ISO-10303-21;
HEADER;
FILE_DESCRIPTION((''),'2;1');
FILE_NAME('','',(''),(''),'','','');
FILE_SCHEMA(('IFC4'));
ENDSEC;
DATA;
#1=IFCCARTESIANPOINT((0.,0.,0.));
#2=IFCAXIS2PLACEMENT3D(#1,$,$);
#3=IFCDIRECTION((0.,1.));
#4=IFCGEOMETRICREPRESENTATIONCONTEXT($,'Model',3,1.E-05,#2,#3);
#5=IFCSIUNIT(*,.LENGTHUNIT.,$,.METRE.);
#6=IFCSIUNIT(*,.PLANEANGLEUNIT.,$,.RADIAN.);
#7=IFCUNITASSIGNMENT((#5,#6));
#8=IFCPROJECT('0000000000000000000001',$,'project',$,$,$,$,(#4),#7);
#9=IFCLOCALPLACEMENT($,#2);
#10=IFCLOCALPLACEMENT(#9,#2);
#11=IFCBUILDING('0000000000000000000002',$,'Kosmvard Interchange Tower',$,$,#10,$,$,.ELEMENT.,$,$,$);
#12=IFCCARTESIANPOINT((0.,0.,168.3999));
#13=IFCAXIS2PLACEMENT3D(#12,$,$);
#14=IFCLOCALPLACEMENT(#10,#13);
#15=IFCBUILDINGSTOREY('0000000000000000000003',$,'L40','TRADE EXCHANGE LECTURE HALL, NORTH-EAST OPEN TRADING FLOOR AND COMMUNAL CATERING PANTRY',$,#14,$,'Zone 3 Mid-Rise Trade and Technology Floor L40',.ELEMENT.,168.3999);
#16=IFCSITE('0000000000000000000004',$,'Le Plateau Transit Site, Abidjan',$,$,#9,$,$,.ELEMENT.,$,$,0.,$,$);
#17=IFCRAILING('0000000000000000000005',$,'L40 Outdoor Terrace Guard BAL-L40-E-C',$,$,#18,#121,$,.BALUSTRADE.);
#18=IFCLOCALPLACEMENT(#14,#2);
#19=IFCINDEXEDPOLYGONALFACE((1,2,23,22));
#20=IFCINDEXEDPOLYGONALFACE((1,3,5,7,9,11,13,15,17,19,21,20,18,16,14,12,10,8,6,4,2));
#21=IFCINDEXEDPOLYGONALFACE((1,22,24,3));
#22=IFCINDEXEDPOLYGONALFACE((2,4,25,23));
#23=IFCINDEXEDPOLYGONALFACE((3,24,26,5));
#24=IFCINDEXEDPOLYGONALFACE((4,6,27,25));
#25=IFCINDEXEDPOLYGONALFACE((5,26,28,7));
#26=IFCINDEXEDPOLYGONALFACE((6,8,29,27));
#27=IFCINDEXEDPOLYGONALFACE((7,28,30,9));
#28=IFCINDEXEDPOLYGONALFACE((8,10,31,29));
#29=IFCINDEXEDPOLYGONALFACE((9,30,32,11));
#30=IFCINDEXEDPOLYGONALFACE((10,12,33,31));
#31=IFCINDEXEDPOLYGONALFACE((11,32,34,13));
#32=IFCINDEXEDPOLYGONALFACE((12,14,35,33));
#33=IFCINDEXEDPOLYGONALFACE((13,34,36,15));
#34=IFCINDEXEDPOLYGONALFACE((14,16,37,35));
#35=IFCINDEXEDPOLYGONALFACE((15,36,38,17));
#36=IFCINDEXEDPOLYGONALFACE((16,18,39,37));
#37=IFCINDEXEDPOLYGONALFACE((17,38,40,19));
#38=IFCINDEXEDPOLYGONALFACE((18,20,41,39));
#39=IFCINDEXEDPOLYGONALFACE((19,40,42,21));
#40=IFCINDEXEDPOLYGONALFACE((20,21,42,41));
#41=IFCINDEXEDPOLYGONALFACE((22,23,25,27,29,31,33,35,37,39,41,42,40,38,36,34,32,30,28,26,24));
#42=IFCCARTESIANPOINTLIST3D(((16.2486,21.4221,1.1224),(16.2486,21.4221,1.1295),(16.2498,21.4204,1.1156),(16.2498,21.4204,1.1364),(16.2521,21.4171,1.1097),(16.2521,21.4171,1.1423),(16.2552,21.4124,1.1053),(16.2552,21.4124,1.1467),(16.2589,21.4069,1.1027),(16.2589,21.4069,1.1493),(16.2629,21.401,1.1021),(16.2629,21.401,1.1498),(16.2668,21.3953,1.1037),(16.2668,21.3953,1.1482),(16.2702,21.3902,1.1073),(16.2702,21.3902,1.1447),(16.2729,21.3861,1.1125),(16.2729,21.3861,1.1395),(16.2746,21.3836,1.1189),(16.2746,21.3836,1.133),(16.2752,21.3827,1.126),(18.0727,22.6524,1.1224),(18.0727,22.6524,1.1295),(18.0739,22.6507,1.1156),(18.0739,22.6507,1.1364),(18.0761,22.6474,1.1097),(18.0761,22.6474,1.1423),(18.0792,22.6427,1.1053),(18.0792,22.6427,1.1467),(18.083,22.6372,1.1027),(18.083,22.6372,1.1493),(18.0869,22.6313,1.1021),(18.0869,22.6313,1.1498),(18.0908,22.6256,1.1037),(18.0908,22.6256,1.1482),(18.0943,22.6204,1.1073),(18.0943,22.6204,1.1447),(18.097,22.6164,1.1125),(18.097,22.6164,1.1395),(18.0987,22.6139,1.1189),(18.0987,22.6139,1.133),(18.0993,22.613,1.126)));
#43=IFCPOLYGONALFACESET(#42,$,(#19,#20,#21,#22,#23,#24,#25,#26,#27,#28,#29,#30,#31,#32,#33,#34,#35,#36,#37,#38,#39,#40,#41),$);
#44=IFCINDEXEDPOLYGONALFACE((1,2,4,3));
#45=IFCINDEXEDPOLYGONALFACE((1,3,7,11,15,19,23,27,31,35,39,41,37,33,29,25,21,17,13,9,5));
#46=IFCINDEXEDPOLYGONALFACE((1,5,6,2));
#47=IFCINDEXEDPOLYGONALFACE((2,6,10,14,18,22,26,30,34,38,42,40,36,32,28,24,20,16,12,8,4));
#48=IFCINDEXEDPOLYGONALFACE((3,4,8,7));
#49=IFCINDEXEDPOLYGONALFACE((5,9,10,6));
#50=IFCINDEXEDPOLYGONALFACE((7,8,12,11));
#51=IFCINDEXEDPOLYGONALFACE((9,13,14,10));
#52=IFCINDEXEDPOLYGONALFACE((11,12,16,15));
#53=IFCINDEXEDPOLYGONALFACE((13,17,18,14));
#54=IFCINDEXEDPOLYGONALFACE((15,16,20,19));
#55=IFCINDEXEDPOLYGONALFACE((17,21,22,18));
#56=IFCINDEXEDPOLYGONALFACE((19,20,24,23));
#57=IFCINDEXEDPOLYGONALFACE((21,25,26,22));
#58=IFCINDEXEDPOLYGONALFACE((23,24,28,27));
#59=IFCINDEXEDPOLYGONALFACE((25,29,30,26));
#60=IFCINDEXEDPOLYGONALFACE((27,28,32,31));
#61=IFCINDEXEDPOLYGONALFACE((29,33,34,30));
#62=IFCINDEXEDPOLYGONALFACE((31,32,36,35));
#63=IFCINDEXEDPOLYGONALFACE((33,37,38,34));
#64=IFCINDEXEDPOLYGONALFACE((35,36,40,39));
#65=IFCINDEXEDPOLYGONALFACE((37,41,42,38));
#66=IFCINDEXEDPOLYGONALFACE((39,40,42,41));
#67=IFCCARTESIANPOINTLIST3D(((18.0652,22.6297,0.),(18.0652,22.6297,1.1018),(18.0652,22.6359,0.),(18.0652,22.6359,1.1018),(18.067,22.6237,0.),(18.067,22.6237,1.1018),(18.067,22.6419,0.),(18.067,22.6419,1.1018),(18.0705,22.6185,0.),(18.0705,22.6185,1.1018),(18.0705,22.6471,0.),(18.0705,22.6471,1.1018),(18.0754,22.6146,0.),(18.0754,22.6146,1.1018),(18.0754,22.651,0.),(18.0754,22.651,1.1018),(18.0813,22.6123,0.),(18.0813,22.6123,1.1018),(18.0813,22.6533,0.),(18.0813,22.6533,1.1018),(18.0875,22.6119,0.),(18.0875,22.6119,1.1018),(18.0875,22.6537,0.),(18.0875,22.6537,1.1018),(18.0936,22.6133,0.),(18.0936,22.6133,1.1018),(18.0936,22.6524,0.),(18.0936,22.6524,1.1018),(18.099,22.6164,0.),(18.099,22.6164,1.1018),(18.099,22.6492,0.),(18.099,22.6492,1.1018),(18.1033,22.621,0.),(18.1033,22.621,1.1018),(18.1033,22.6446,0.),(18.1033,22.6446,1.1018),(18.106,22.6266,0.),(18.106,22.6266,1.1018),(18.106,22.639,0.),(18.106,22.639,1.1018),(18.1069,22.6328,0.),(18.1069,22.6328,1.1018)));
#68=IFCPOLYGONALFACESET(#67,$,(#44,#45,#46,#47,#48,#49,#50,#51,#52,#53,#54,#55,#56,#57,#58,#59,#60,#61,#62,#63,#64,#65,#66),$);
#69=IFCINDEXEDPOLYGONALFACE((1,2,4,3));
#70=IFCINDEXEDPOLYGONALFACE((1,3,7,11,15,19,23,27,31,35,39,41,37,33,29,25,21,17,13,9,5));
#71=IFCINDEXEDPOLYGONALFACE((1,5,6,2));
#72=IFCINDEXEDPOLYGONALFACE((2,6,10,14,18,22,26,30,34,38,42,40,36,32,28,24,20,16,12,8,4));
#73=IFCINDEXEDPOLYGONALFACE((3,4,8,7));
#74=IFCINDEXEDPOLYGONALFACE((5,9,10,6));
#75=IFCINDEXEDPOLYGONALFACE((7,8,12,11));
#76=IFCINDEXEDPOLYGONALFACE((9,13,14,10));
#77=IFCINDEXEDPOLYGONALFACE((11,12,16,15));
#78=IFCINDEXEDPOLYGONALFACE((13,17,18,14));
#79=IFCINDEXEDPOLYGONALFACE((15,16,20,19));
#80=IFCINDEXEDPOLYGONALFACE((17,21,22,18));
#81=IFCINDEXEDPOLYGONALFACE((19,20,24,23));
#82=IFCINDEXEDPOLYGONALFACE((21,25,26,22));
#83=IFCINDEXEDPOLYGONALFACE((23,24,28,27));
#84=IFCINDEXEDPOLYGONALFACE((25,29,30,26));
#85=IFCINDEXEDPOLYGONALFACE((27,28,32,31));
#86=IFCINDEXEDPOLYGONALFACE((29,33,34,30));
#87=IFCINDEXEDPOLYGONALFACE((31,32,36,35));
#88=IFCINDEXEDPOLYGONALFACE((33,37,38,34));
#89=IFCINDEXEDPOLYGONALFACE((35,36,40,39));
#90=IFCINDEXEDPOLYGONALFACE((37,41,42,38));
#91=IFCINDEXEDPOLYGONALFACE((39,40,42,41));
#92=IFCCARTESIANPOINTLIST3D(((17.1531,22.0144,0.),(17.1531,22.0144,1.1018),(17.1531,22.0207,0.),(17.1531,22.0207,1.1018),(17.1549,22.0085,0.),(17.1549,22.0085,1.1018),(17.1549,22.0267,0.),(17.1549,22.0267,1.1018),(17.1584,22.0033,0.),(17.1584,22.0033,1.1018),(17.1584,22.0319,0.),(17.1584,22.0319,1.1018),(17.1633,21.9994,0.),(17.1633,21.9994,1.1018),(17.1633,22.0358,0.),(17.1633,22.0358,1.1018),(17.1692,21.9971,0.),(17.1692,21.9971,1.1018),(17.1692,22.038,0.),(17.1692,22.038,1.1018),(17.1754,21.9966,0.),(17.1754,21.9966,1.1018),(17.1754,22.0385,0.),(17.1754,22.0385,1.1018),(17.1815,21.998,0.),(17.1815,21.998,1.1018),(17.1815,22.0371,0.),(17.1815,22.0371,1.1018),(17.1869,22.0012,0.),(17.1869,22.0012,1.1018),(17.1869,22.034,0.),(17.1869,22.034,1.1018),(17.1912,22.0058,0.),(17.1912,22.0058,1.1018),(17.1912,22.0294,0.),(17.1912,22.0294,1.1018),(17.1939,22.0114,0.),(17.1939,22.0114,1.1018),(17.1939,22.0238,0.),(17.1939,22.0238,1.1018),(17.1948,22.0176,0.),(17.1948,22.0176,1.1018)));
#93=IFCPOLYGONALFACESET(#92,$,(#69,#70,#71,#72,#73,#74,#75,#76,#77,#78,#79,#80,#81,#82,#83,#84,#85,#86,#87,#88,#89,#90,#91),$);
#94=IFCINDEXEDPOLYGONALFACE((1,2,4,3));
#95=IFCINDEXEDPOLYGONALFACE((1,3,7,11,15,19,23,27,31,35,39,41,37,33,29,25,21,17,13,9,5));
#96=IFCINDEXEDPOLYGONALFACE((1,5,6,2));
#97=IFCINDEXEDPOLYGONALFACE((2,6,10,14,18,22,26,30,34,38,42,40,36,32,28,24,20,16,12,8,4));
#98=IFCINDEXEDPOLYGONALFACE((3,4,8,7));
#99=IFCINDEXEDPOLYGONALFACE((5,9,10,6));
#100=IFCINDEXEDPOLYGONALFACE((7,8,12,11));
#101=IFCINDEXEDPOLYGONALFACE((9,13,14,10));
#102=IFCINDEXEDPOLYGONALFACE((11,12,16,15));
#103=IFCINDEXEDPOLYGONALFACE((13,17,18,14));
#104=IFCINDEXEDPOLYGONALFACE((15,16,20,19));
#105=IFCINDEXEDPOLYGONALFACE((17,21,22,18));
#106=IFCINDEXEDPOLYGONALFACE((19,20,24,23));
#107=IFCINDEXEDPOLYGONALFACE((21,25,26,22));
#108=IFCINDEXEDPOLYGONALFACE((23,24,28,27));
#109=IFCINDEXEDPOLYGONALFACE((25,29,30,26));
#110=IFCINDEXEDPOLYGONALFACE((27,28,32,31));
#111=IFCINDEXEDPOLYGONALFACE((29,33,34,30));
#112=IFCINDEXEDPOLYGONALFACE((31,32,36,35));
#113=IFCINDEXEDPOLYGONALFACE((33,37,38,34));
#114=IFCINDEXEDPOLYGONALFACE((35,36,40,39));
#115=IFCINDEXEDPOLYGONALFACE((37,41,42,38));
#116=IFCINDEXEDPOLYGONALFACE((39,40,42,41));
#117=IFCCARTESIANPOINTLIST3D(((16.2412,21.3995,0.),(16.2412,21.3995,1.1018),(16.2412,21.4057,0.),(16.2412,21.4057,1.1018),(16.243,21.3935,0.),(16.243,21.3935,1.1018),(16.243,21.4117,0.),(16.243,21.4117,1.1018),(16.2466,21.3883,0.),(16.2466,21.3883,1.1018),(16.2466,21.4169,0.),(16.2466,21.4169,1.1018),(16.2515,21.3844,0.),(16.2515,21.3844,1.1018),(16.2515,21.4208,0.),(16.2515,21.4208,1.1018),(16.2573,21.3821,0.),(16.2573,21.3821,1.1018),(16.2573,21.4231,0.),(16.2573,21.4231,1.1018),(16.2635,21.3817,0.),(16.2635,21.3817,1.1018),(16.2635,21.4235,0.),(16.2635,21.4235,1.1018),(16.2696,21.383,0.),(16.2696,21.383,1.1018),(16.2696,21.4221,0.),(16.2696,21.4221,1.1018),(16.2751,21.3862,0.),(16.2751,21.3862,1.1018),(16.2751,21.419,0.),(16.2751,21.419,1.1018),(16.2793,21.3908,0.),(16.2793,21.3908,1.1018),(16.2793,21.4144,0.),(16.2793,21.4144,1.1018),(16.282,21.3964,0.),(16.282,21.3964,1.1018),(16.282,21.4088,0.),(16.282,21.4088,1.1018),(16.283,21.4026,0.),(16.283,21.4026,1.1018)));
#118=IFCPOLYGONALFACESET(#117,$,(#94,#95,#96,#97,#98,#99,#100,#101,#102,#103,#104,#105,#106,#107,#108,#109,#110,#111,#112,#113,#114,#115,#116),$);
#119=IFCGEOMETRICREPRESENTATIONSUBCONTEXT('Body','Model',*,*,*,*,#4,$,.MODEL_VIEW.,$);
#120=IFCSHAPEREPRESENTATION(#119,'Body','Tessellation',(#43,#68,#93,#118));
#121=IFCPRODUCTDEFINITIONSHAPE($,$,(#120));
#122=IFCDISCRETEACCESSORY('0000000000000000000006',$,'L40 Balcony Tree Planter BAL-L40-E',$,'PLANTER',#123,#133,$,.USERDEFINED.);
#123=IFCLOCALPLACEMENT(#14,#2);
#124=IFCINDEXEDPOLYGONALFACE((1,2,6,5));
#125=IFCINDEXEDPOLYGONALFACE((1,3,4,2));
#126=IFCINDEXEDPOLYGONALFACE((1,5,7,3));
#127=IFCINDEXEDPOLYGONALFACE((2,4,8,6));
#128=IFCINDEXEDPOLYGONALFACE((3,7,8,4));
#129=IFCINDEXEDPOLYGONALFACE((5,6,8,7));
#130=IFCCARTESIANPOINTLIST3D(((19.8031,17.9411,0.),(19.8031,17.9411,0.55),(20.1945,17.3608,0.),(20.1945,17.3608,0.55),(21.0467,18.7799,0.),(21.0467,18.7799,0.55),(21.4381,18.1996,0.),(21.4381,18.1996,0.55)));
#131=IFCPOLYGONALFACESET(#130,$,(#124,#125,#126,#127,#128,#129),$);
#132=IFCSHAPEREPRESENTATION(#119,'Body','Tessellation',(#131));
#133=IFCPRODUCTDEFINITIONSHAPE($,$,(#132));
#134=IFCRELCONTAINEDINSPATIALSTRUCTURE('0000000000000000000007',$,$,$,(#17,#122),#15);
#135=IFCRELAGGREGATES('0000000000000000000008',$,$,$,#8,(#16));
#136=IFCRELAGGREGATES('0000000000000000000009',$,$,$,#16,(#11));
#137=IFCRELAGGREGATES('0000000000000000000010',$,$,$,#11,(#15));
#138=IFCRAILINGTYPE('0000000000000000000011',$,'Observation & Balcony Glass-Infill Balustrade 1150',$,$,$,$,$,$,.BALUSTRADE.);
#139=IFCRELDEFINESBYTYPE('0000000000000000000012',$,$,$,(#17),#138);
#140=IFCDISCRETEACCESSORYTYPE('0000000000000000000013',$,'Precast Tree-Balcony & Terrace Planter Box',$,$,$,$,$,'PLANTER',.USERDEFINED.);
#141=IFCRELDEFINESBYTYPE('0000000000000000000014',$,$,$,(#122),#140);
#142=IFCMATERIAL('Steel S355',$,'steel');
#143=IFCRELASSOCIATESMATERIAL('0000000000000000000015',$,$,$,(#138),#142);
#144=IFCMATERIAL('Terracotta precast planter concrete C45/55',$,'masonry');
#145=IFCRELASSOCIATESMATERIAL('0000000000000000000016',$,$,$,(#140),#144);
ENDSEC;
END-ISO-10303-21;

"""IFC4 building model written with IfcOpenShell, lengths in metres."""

from ifc_helpers import new_model, si_unit, direction, frame, origin, origin_2d, place, context, subcontext, project, spatial, rectangle, circle, extrude, source, transform, mapped, material, type_object, element, save


model = new_model("IFC4")

# Units and contexts
model_context = context("Model", 3, precision=1e-05, world=origin(), true_north=direction((0.0, 1.0)))
body_context = subcontext(model_context, "Body", "Model", "MODEL_VIEW")
ifc_project = project(units=[si_unit("LENGTHUNIT", "METRE"), si_unit("PLANEANGLEUNIT", "RADIAN")], contexts=[model_context])

# Site, building, storey
site_placement = place(None, origin())
site = spatial("IfcSite", under=ifc_project, at=site_placement, Name="Le Plateau Transit Site, Abidjan", CompositionType="ELEMENT", RefElevation=0.0)
building_placement = place(site_placement, origin())
building = spatial("IfcBuilding", under=site, at=building_placement, Name="Kosmvard Interchange Tower", CompositionType="ELEMENT")
storey_placement = place(building_placement, frame((0.0, 0.0, 168.3999)))
storey = spatial("IfcBuildingStorey", under=building, at=storey_placement, Name="L40", Description="TRADE EXCHANGE LECTURE HALL, NORTH-EAST OPEN TRADING FLOOR AND COMMUNAL CATERING PANTRY", LongName="Zone 3 Mid-Rise Trade and Technology Floor L40", CompositionType="ELEMENT", Elevation=168.3999)

# Shared definitions
ifc_material_1 = material(Name="Steel S355", Category="steel")

# Railing
railing_type = type_object("IfcRailingType", Name="Observation & Balcony Glass-Infill Balustrade 1150", PredefinedType="BALUSTRADE", material=ifc_material_1)
shared_shape_1 = source(origin(), body_context, "Body", "SweptSolid", [
    extrude(circle(Radius=0.0239, at=origin_2d()), frame((0.0, 0.0, 1.126), z_axis=(-0.829051, -0.559174, 0.0), x_axis=(0.559174, -0.829051, 0.0)), (0.0, 0.0, 1.0), 2.2002),
    extrude(circle(Radius=0.021, at=origin_2d()), origin(), (0.0, 0.0, 1.0), 1.1018),
    extrude(circle(Radius=0.021, at=origin_2d()), frame((-0.9121, -0.6152, 0.0)), (0.0, 0.0, 1.0), 1.1018),
    extrude(circle(Radius=0.021, at=origin_2d()), frame((-1.824, -1.2302, 0.0)), (0.0, 0.0, 1.0), 1.1018),
])
railing_1_placement = place(storey_placement, frame((18.0859, 22.6328, 0.0)))
element("IfcRailing", 1, at=railing_1_placement, inside=storey, type_object=railing_type, Name="L40 Outdoor Terrace Guard BAL-L40-E-C", PredefinedType="BALUSTRADE", context=body_context, shape_type="MappedRepresentation", body=[
    mapped(shared_shape_1, transform((0.0, 0.0, 0.0), scale=1.0)),
])

# Discrete accessory
ifc_material_2 = material(Name="Terracotta precast planter concrete C45/55", Category="masonry")
discrete_accessory_type = type_object("IfcDiscreteAccessoryType", Name="Precast Tree-Balcony & Terrace Planter Box", ElementType="PLANTER", PredefinedType="USERDEFINED", material=ifc_material_2)
shared_shape_2 = source(origin(), body_context, "Body", "SweptSolid", [
    extrude(rectangle(XDim=1.5, YDim=0.7, at=origin_2d()), origin(), (0.0, 0.0, 1.0), 0.55),
])
discrete_accessory_placement = place(storey_placement, frame((20.6206, 18.0703, 0.0), z_axis=(0.0, 0.0, 1.0), x_axis=(0.829038, 0.559193, 0.0)))
element("IfcDiscreteAccessory", 2, at=discrete_accessory_placement, inside=storey, type_object=discrete_accessory_type, Name="L40 Balcony Tree Planter BAL-L40-E", ObjectType="PLANTER", PredefinedType="USERDEFINED", context=body_context, shape_type="MappedRepresentation", body=[
    mapped(shared_shape_2, transform((0.0, 0.0, 0.0), scale=1.0)),
])

save(model, "model.ifc")
